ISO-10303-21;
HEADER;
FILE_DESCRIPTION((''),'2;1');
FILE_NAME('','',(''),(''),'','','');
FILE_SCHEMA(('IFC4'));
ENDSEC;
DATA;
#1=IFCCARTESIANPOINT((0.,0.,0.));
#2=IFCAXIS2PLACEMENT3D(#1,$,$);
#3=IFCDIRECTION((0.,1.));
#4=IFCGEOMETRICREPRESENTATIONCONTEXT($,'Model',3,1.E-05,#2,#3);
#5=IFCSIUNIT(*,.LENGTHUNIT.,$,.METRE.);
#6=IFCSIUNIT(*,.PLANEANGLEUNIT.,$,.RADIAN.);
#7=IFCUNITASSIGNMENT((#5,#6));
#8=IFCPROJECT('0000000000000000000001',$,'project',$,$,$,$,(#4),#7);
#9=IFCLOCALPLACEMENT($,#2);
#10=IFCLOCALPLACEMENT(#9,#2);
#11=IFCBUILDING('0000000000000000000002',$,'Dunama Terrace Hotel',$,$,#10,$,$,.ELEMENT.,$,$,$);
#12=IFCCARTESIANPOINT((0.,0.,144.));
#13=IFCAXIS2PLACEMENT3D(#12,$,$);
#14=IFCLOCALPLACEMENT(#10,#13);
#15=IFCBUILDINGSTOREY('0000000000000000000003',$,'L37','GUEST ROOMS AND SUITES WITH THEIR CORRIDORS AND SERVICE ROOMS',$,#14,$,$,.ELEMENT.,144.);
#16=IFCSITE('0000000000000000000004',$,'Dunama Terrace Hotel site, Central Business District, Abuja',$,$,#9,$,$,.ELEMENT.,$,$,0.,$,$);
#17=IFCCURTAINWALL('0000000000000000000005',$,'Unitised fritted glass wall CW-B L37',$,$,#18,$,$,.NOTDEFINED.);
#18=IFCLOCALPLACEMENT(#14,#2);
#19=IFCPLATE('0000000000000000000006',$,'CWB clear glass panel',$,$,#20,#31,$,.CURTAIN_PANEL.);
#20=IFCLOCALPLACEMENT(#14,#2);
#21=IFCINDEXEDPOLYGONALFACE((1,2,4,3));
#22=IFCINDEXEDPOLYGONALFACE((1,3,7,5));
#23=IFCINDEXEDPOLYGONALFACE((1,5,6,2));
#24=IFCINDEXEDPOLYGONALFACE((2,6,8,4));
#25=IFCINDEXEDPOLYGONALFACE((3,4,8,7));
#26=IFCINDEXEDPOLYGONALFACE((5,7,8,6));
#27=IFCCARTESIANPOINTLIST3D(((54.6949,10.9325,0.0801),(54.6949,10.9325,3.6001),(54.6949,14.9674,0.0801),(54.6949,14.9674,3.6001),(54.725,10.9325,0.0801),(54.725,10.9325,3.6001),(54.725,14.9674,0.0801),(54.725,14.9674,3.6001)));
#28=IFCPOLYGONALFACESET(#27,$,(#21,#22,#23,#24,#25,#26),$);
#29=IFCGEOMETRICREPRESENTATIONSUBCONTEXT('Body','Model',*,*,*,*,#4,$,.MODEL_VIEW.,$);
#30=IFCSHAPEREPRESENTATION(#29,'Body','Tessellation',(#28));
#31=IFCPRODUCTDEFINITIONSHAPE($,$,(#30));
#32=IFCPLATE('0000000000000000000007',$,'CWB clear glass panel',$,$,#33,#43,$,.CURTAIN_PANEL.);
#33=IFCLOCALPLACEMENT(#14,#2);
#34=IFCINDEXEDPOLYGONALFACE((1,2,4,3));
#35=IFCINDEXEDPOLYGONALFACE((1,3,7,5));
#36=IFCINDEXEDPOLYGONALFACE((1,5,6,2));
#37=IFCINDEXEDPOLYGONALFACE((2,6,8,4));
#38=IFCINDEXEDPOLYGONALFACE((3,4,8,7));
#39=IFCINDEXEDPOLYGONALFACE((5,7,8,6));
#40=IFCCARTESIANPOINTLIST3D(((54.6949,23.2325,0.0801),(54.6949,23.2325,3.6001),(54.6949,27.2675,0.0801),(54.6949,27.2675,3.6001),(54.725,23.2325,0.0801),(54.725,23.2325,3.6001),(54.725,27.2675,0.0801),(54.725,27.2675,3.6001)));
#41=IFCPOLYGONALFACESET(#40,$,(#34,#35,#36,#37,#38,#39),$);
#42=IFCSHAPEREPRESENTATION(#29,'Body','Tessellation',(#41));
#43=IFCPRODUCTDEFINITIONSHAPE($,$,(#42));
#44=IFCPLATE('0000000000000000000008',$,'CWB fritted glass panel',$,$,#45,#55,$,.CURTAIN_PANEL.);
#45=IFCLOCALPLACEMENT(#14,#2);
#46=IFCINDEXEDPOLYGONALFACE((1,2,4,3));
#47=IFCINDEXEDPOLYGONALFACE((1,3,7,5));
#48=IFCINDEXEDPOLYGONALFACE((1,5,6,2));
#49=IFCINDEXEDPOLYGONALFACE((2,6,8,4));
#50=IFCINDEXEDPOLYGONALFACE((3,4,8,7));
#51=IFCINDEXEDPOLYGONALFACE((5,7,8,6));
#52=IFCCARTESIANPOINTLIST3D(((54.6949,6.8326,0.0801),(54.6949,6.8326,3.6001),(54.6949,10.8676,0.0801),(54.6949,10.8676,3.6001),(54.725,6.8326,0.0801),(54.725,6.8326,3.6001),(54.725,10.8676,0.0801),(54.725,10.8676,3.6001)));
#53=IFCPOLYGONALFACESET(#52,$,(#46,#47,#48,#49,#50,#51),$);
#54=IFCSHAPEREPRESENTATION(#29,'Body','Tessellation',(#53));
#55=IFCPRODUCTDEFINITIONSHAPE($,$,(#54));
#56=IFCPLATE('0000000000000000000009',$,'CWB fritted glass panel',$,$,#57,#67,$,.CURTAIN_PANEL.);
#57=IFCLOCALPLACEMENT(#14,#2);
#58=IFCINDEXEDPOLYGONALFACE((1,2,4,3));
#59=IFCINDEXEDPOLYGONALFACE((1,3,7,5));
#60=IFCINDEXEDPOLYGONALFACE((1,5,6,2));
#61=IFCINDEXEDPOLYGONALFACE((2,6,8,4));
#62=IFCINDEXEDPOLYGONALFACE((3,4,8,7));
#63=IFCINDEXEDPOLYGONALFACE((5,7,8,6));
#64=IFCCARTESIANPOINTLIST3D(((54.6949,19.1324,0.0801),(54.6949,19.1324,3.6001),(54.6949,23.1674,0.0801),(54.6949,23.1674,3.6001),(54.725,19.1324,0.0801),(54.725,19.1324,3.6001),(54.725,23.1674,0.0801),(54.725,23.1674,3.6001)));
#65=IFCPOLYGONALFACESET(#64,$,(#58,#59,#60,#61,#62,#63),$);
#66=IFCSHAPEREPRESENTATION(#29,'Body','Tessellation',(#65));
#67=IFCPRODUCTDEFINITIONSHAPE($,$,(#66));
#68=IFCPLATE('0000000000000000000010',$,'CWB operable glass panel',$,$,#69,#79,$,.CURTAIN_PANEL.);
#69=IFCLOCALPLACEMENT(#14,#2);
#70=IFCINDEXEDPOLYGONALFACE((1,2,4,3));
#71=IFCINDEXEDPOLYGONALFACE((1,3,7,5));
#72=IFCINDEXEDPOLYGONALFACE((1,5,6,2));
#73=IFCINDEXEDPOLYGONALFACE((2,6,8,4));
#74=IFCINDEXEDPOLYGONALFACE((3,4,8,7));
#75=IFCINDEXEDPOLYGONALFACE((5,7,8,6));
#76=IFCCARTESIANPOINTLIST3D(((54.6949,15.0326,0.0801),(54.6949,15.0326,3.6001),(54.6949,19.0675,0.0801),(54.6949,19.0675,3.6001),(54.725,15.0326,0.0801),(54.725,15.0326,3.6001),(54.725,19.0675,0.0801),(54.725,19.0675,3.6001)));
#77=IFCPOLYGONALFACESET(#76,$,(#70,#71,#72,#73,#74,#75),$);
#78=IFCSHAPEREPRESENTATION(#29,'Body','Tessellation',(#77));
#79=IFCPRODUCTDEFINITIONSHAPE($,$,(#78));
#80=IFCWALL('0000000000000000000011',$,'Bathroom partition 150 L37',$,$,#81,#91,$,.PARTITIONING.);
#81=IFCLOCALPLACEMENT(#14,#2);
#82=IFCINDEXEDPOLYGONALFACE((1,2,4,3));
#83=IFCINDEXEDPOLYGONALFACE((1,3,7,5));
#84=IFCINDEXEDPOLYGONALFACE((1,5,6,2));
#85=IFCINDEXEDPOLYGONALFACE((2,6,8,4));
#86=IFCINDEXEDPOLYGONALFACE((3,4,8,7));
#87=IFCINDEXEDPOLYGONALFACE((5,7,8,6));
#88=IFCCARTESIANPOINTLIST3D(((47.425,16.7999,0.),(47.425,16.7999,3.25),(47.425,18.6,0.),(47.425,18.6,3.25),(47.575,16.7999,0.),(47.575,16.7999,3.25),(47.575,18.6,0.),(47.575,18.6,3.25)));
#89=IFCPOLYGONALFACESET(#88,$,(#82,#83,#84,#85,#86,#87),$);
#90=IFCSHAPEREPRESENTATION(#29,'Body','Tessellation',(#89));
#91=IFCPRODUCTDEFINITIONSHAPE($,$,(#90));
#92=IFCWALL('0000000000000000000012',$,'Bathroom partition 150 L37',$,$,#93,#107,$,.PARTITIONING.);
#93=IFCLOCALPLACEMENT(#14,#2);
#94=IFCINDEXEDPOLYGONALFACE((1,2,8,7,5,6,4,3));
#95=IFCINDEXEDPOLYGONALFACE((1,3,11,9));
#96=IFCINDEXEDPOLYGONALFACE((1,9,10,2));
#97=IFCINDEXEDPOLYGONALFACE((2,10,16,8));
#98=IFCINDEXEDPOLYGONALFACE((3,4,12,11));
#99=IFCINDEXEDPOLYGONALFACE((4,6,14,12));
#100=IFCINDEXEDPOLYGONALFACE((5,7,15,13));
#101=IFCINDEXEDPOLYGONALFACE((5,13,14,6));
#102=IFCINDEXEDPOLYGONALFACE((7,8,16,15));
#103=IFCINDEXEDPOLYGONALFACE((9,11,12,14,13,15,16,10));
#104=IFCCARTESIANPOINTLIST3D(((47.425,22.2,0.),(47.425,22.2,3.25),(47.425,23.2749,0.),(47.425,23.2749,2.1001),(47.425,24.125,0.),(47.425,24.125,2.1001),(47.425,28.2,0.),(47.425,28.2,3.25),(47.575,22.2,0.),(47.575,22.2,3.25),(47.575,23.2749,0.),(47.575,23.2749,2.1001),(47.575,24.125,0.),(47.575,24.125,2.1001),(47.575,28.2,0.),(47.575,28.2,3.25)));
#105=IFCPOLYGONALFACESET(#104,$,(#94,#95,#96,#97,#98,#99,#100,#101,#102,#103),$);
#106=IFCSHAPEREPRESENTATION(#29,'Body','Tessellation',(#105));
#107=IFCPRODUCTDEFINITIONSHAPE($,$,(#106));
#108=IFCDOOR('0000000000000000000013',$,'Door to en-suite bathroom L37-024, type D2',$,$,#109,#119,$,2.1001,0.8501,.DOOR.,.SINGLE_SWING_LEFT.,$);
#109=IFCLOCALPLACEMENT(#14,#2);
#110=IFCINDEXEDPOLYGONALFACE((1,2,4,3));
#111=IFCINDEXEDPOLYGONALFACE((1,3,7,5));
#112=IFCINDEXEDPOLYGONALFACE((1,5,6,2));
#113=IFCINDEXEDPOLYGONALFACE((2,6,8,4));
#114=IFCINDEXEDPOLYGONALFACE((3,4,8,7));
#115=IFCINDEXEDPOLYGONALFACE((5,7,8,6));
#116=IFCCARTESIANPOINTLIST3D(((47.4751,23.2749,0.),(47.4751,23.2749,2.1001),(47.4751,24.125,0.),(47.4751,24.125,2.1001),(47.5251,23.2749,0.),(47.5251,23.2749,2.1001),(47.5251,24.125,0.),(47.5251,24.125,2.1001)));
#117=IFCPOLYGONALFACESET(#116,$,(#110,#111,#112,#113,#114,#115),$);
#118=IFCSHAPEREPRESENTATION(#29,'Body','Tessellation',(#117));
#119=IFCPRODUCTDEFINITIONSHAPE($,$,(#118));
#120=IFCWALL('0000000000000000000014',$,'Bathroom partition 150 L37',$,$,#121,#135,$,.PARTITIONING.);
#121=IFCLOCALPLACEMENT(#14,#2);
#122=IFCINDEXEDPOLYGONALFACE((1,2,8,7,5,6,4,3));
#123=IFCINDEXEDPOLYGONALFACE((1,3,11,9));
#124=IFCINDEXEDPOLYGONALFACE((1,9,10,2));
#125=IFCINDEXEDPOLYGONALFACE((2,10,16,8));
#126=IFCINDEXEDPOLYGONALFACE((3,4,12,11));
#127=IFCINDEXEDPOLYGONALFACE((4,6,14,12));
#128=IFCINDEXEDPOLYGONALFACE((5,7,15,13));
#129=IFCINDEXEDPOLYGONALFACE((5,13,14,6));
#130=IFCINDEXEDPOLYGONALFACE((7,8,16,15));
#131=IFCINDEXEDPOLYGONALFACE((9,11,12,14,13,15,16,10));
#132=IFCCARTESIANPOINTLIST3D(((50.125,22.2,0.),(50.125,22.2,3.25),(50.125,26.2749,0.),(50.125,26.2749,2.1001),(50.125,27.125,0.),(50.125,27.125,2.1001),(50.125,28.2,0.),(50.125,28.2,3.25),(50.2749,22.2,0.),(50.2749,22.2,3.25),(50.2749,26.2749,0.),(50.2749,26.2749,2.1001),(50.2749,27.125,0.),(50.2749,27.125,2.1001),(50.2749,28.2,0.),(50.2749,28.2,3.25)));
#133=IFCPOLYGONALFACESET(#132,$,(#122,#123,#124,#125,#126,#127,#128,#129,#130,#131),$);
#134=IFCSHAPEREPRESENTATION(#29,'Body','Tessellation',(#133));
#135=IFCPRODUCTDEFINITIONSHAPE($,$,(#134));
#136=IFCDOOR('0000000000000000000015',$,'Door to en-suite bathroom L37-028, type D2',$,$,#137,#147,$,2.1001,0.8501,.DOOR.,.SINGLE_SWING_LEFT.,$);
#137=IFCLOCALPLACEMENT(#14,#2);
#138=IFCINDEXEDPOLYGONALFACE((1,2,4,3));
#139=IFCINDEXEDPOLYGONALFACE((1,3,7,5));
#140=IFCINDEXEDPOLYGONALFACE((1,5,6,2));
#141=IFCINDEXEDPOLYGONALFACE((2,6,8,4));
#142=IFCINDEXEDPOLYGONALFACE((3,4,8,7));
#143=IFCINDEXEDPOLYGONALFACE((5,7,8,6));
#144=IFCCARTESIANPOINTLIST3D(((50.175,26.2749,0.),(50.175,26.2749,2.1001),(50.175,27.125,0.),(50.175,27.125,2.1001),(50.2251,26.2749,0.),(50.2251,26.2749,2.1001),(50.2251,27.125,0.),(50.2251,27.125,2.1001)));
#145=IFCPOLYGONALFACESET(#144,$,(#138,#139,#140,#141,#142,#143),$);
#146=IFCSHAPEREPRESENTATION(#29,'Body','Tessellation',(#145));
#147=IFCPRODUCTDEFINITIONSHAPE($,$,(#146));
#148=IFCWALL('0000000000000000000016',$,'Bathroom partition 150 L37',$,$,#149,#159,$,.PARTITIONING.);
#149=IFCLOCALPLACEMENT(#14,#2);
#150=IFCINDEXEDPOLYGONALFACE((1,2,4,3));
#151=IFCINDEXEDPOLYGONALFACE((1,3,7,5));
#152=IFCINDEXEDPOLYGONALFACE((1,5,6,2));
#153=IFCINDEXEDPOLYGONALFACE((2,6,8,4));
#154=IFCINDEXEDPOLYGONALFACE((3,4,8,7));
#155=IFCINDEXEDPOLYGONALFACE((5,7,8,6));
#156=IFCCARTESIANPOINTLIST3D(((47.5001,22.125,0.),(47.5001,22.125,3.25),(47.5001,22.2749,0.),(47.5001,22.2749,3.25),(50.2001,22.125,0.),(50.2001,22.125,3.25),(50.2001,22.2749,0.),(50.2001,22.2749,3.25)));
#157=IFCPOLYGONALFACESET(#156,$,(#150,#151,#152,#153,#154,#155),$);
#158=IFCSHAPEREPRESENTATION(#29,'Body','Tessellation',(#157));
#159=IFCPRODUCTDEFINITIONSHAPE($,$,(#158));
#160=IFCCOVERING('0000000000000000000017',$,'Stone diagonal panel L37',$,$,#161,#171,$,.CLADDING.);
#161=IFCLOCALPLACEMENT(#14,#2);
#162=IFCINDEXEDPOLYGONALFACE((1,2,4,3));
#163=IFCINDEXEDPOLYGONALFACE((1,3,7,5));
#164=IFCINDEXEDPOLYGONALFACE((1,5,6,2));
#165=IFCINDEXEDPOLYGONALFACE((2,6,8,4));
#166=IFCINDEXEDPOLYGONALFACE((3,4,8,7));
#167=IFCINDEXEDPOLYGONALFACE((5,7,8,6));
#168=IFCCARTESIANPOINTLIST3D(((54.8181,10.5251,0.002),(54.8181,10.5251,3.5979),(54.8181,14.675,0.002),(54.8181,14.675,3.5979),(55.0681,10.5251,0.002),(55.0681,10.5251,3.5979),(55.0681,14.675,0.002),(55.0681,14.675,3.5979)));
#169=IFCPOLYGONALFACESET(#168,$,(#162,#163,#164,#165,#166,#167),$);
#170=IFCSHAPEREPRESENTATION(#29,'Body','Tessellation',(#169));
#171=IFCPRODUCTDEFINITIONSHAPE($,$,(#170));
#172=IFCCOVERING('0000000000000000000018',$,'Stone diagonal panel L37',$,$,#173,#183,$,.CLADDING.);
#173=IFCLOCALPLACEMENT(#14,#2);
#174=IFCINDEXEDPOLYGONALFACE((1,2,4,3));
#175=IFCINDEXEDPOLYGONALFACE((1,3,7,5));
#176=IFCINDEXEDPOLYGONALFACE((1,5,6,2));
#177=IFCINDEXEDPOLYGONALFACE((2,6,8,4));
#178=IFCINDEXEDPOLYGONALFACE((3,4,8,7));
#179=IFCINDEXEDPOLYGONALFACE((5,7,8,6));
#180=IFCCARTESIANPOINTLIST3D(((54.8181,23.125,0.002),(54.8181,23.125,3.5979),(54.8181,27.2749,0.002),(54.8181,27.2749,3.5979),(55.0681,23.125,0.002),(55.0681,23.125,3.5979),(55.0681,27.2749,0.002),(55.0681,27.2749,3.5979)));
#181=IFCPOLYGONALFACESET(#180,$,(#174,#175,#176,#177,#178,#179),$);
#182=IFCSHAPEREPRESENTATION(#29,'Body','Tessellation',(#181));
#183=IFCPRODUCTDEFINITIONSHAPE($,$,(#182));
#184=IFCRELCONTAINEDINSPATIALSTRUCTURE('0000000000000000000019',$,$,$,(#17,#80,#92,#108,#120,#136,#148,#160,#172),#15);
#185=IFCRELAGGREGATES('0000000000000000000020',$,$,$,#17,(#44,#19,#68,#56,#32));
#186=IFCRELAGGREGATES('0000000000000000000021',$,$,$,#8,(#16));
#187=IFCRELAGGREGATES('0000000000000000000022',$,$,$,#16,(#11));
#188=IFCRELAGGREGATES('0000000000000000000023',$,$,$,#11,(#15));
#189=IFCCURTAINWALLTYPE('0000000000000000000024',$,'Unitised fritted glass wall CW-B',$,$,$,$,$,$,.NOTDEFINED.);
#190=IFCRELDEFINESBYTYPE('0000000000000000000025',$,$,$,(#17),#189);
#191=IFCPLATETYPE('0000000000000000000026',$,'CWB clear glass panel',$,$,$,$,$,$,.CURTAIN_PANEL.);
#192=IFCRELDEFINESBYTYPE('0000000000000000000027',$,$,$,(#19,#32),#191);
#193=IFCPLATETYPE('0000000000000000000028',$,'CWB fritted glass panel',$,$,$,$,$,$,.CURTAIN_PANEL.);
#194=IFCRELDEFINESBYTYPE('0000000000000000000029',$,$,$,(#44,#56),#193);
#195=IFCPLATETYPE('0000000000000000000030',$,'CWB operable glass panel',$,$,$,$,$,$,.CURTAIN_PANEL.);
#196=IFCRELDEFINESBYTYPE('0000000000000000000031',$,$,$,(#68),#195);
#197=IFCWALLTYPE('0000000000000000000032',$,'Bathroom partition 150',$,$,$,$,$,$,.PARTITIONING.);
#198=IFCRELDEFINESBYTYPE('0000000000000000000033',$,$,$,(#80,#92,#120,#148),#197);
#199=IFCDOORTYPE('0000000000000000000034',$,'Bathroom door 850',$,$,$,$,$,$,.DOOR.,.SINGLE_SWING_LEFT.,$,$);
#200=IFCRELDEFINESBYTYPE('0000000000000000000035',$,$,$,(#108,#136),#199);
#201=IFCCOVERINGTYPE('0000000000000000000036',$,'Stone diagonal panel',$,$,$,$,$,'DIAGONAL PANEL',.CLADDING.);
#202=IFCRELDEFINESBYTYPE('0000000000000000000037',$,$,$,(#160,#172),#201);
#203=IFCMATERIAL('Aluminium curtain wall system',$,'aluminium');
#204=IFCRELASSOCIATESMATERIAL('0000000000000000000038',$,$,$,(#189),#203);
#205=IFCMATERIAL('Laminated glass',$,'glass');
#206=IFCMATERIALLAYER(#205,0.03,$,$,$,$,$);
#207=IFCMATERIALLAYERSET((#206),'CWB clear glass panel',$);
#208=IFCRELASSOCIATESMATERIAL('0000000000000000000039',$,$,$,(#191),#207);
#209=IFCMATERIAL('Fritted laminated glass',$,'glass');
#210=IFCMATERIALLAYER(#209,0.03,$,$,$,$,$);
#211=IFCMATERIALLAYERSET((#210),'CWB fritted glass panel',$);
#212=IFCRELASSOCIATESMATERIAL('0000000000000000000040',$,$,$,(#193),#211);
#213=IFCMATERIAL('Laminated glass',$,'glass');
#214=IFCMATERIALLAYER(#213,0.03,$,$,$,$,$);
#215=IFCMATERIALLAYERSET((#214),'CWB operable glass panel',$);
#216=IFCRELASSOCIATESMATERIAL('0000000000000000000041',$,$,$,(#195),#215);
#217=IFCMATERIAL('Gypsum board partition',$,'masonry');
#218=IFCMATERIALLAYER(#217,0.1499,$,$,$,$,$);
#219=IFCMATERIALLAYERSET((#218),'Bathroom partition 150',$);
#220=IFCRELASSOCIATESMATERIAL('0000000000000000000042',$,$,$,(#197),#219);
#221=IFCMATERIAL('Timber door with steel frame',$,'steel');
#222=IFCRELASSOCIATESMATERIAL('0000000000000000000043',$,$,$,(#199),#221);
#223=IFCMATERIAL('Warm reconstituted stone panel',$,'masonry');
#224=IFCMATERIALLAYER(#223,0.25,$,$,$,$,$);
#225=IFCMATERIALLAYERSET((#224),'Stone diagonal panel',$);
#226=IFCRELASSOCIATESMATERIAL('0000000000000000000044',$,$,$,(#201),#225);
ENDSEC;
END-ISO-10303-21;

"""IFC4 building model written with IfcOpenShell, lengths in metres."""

from ifc_helpers import new_model, si_unit, direction, frame, frame_2d, origin, origin_2d, place, context, subcontext, project, spatial, rectangle, extrude, material, layer, layer_set, type_object, element, fill, aggregate, save


model = new_model("IFC4")

# Units and contexts
model_context = context("Model", 3, precision=1e-05, world=origin(), true_north=direction((0.0, 1.0)))
body_context = subcontext(model_context, "Body", "Model", "MODEL_VIEW")
ifc_project = project(units=[si_unit("LENGTHUNIT", "METRE"), si_unit("PLANEANGLEUNIT", "RADIAN")], contexts=[model_context])

# Site, building, storey
site_placement = place(None, origin())
site = spatial("IfcSite", under=ifc_project, at=site_placement, Name="Dunama Terrace Hotel site, Central Business District, Abuja", CompositionType="ELEMENT", RefElevation=0.0)
building_placement = place(site_placement, origin())
building = spatial("IfcBuilding", under=site, at=building_placement, Name="Dunama Terrace Hotel", CompositionType="ELEMENT")
storey_placement = place(building_placement, frame((0.0, 0.0, 144.0)))
storey = spatial("IfcBuildingStorey", under=building, at=storey_placement, Name="L37", Description="GUEST ROOMS AND SUITES WITH THEIR CORRIDORS AND SERVICE ROOMS", CompositionType="ELEMENT", Elevation=144.0)

# Curtain wall
ifc_material_1 = material(Name="Aluminium curtain wall system", Category="aluminium")
curtain_wall_type = type_object("IfcCurtainWallType", Name="Unitised fritted glass wall CW-B", PredefinedType="NOTDEFINED", material=ifc_material_1)
curtain_wall_placement = place(storey_placement, origin())
curtain_wall = element("IfcCurtainWall", 1, at=curtain_wall_placement, inside=storey, type_object=curtain_wall_type, Name="Unitised fritted glass wall CW-B L37", PredefinedType="NOTDEFINED")

# Plates
ifc_material_2 = material(Name="Laminated glass", Category="glass")
ifc_layer_1 = layer(ifc_material_2, 0.03)
ifc_layer_set_1 = layer_set([ifc_layer_1], Name="CWB clear glass panel")
plate_type_1 = type_object("IfcPlateType", Name="CWB clear glass panel", PredefinedType="CURTAIN_PANEL", material=ifc_layer_set_1)
plate_1_placement = place(storey_placement, frame((54.71, 12.95, 0.0801), z_axis=(0.0, 0.0, 1.0), x_axis=(0.0, 1.0, 0.0)))
plate_1 = element("IfcPlate", 2, at=plate_1_placement, type_object=plate_type_1, Name="CWB clear glass panel", PredefinedType="CURTAIN_PANEL", context=body_context, shape_type="SweptSolid", body=[
    extrude(rectangle(XDim=4.0349, YDim=0.03, at=origin_2d()), origin(), (0.0, 0.0, 1.0), 3.52),
])
plate_2_placement = place(storey_placement, frame((54.71, 25.25, 0.0801), z_axis=(0.0, 0.0, 1.0), x_axis=(0.0, 1.0, 0.0)))
plate_2 = element("IfcPlate", 3, at=plate_2_placement, type_object=plate_type_1, Name="CWB clear glass panel", PredefinedType="CURTAIN_PANEL", context=body_context, shape_type="SweptSolid", body=[
    extrude(rectangle(XDim=4.0349, YDim=0.03, at=origin_2d()), origin(), (0.0, 0.0, 1.0), 3.52),
])
ifc_material_3 = material(Name="Fritted laminated glass", Category="glass")
ifc_layer_2 = layer(ifc_material_3, 0.03)
ifc_layer_set_2 = layer_set([ifc_layer_2], Name="CWB fritted glass panel")
plate_type_2 = type_object("IfcPlateType", Name="CWB fritted glass panel", PredefinedType="CURTAIN_PANEL", material=ifc_layer_set_2)
plate_3_placement = place(storey_placement, frame((54.71, 8.8501, 0.0801), z_axis=(0.0, 0.0, 1.0), x_axis=(0.0, 1.0, 0.0)))
plate_3 = element("IfcPlate", 4, at=plate_3_placement, type_object=plate_type_2, Name="CWB fritted glass panel", PredefinedType="CURTAIN_PANEL", context=body_context, shape_type="SweptSolid", body=[
    extrude(rectangle(XDim=4.0349, YDim=0.03, at=origin_2d()), origin(), (0.0, 0.0, 1.0), 3.52),
])
plate_4_placement = place(storey_placement, frame((54.71, 21.1499, 0.0801), z_axis=(0.0, 0.0, 1.0), x_axis=(0.0, 1.0, 0.0)))
plate_4 = element("IfcPlate", 5, at=plate_4_placement, type_object=plate_type_2, Name="CWB fritted glass panel", PredefinedType="CURTAIN_PANEL", context=body_context, shape_type="SweptSolid", body=[
    extrude(rectangle(XDim=4.0349, YDim=0.03, at=origin_2d()), origin(), (0.0, 0.0, 1.0), 3.52),
])
ifc_material_4 = material(Name="Laminated glass", Category="glass")
ifc_layer_3 = layer(ifc_material_4, 0.03)
ifc_layer_set_3 = layer_set([ifc_layer_3], Name="CWB operable glass panel")
plate_type_3 = type_object("IfcPlateType", Name="CWB operable glass panel", PredefinedType="CURTAIN_PANEL", material=ifc_layer_set_3)
plate_5_placement = place(storey_placement, frame((54.71, 17.05, 0.0801), z_axis=(0.0, 0.0, 1.0), x_axis=(0.0, 1.0, 0.0)))
plate_5 = element("IfcPlate", 6, at=plate_5_placement, type_object=plate_type_3, Name="CWB operable glass panel", PredefinedType="CURTAIN_PANEL", context=body_context, shape_type="SweptSolid", body=[
    extrude(rectangle(XDim=4.0349, YDim=0.03, at=origin_2d()), origin(), (0.0, 0.0, 1.0), 3.52),
])
aggregate(curtain_wall, [plate_3, plate_1, plate_5, plate_4, plate_2])

# Wall
ifc_material_5 = material(Name="Gypsum board partition", Category="masonry")
ifc_layer_4 = layer(ifc_material_5, 0.1499)
ifc_layer_set_4 = layer_set([ifc_layer_4], Name="Bathroom partition 150")
wall_type = type_object("IfcWallType", Name="Bathroom partition 150", PredefinedType="PARTITIONING", material=ifc_layer_set_4)
wall_1_placement = place(storey_placement, frame((47.5, 16.8, 0.0), z_axis=(0.0, 0.0, 1.0), x_axis=(0.0, 1.0, 0.0)))
element("IfcWall", 7, at=wall_1_placement, inside=storey, type_object=wall_type, Name="Bathroom partition 150 L37", PredefinedType="PARTITIONING", context=body_context, shape_type="SweptSolid", body=[
    extrude(rectangle(XDim=1.8, YDim=0.1499, at=frame_2d((0.8999, 0.0))), origin(), (0.0, 0.0, 1.0), 3.25),
])

# Walls, openings, doors
wall_2_placement = place(storey_placement, frame((47.5, 22.2, 0.0), z_axis=(0.0, 0.0, 1.0), x_axis=(0.0, 1.0, 0.0)))
wall_2 = element("IfcWall", 8, at=wall_2_placement, inside=storey, type_object=wall_type, Name="Bathroom partition 150 L37", PredefinedType="PARTITIONING", context=body_context, shape_type="SweptSolid", body=[
    extrude(rectangle(XDim=6.0, YDim=0.1499, at=frame_2d((3.0, 0.0))), origin(), (0.0, 0.0, 1.0), 3.25),
])
opening_1_placement = place(wall_2_placement, frame((1.075, 0.0, 0.0)))
opening_1 = element("IfcOpeningElement", 9, at=opening_1_placement, cuts=wall_2, PredefinedType="OPENING", context=body_context, shape_type="SweptSolid", body=[
    extrude(rectangle(XDim=0.8501, YDim=2.1001, at=frame_2d((0.425, 1.05))), frame((0.0, 0.085, 0.0), z_axis=(0.0, -1.0, 0.0), x_axis=(1.0, 0.0, 0.0)), (0.0, 0.0, 1.0), 0.1699),
])
ifc_material_6 = material(Name="Timber door with steel frame", Category="steel")
door_type = type_object("IfcDoorType", Name="Bathroom door 850", OperationType="SINGLE_SWING_LEFT", PredefinedType="DOOR", material=ifc_material_6)
door_1_placement = place(opening_1_placement, frame((0.8501, 0.0, 0.0), z_axis=(0.0, 0.0, 1.0), x_axis=(-1.0, 0.0, 0.0)))
door_1 = element("IfcDoor", 10, at=door_1_placement, inside=storey, type_object=door_type, Name="Door to en-suite bathroom L37-024, type D2", OperationType="SINGLE_SWING_LEFT", OverallHeight=2.1001, OverallWidth=0.8501, PredefinedType="DOOR", context=body_context, shape_type="SweptSolid", body=[
    extrude(rectangle(XDim=0.8501, YDim=2.1001, at=frame_2d((0.425, 1.05))), frame((0.0, 0.0251, 0.0), z_axis=(0.0, -1.0, 0.0), x_axis=(1.0, 0.0, 0.0)), (0.0, 0.0, 1.0), 0.05),
])
fill(opening_1, door_1)
wall_3_placement = place(storey_placement, frame((50.2, 22.2, 0.0), z_axis=(0.0, 0.0, 1.0), x_axis=(0.0, 1.0, 0.0)))
wall_3 = element("IfcWall", 11, at=wall_3_placement, inside=storey, type_object=wall_type, Name="Bathroom partition 150 L37", PredefinedType="PARTITIONING", context=body_context, shape_type="SweptSolid", body=[
    extrude(rectangle(XDim=6.0, YDim=0.1499, at=frame_2d((3.0, 0.0))), origin(), (0.0, 0.0, 1.0), 3.25),
])
opening_2_placement = place(wall_3_placement, frame((4.075, 0.0, 0.0)))
opening_2 = element("IfcOpeningElement", 12, at=opening_2_placement, cuts=wall_3, PredefinedType="OPENING", context=body_context, shape_type="SweptSolid", body=[
    extrude(rectangle(XDim=0.8501, YDim=2.1001, at=frame_2d((0.425, 1.05))), frame((0.0, 0.085, 0.0), z_axis=(0.0, -1.0, 0.0), x_axis=(1.0, 0.0, 0.0)), (0.0, 0.0, 1.0), 0.1699),
])
door_2_placement = place(opening_2_placement, origin())
door_2 = element("IfcDoor", 13, at=door_2_placement, inside=storey, type_object=door_type, Name="Door to en-suite bathroom L37-028, type D2", OperationType="SINGLE_SWING_LEFT", OverallHeight=2.1001, OverallWidth=0.8501, PredefinedType="DOOR", context=body_context, shape_type="SweptSolid", body=[
    extrude(rectangle(XDim=0.8501, YDim=2.1001, at=frame_2d((0.425, 1.05))), frame((0.0, 0.0249, 0.0), z_axis=(0.0, -1.0, 0.0), x_axis=(1.0, 0.0, 0.0)), (0.0, 0.0, 1.0), 0.05),
])
fill(opening_2, door_2)

# Wall
wall_4_placement = place(storey_placement, frame((47.5, 22.2, 0.0), z_axis=(0.0, 0.0, 1.0), x_axis=(1.0, 0.0, 0.0)))
element("IfcWall", 14, at=wall_4_placement, inside=storey, type_object=wall_type, Name="Bathroom partition 150 L37", PredefinedType="PARTITIONING", context=body_context, shape_type="SweptSolid", body=[
    extrude(rectangle(XDim=2.7, YDim=0.1499, at=frame_2d((1.3501, 0.0))), origin(), (0.0, 0.0, 1.0), 3.25),
])

# Coverings
ifc_material_7 = material(Name="Warm reconstituted stone panel", Category="masonry")
ifc_layer_5 = layer(ifc_material_7, 0.25)
ifc_layer_set_5 = layer_set([ifc_layer_5], Name="Stone diagonal panel")
covering_type = type_object("IfcCoveringType", Name="Stone diagonal panel", ElementType="DIAGONAL PANEL", PredefinedType="CLADDING", material=ifc_layer_set_5)
for number, where, z_axis, x_axis, name in (
    (15, (54.9431, 12.6001, 0.002), (0.0, 0.0, 1.0), (0.0, 1.0, 0.0), "Stone diagonal panel L37"),
    (16, (54.9431, 25.2, 0.002), (0.0, 0.0, 1.0), (0.0, 1.0, 0.0), "Stone diagonal panel L37"),
):
    element("IfcCovering", number, at=place(storey_placement, frame(where, z_axis=z_axis, x_axis=x_axis)), inside=storey, type_object=covering_type, Name=name, PredefinedType="CLADDING", context=body_context, shape_type="SweptSolid", body=[
        extrude(rectangle(XDim=4.1499, YDim=0.25, at=origin_2d()), origin(), (0.0, 0.0, 1.0), 3.5959),
    ])

save(model, "model.ifc")
